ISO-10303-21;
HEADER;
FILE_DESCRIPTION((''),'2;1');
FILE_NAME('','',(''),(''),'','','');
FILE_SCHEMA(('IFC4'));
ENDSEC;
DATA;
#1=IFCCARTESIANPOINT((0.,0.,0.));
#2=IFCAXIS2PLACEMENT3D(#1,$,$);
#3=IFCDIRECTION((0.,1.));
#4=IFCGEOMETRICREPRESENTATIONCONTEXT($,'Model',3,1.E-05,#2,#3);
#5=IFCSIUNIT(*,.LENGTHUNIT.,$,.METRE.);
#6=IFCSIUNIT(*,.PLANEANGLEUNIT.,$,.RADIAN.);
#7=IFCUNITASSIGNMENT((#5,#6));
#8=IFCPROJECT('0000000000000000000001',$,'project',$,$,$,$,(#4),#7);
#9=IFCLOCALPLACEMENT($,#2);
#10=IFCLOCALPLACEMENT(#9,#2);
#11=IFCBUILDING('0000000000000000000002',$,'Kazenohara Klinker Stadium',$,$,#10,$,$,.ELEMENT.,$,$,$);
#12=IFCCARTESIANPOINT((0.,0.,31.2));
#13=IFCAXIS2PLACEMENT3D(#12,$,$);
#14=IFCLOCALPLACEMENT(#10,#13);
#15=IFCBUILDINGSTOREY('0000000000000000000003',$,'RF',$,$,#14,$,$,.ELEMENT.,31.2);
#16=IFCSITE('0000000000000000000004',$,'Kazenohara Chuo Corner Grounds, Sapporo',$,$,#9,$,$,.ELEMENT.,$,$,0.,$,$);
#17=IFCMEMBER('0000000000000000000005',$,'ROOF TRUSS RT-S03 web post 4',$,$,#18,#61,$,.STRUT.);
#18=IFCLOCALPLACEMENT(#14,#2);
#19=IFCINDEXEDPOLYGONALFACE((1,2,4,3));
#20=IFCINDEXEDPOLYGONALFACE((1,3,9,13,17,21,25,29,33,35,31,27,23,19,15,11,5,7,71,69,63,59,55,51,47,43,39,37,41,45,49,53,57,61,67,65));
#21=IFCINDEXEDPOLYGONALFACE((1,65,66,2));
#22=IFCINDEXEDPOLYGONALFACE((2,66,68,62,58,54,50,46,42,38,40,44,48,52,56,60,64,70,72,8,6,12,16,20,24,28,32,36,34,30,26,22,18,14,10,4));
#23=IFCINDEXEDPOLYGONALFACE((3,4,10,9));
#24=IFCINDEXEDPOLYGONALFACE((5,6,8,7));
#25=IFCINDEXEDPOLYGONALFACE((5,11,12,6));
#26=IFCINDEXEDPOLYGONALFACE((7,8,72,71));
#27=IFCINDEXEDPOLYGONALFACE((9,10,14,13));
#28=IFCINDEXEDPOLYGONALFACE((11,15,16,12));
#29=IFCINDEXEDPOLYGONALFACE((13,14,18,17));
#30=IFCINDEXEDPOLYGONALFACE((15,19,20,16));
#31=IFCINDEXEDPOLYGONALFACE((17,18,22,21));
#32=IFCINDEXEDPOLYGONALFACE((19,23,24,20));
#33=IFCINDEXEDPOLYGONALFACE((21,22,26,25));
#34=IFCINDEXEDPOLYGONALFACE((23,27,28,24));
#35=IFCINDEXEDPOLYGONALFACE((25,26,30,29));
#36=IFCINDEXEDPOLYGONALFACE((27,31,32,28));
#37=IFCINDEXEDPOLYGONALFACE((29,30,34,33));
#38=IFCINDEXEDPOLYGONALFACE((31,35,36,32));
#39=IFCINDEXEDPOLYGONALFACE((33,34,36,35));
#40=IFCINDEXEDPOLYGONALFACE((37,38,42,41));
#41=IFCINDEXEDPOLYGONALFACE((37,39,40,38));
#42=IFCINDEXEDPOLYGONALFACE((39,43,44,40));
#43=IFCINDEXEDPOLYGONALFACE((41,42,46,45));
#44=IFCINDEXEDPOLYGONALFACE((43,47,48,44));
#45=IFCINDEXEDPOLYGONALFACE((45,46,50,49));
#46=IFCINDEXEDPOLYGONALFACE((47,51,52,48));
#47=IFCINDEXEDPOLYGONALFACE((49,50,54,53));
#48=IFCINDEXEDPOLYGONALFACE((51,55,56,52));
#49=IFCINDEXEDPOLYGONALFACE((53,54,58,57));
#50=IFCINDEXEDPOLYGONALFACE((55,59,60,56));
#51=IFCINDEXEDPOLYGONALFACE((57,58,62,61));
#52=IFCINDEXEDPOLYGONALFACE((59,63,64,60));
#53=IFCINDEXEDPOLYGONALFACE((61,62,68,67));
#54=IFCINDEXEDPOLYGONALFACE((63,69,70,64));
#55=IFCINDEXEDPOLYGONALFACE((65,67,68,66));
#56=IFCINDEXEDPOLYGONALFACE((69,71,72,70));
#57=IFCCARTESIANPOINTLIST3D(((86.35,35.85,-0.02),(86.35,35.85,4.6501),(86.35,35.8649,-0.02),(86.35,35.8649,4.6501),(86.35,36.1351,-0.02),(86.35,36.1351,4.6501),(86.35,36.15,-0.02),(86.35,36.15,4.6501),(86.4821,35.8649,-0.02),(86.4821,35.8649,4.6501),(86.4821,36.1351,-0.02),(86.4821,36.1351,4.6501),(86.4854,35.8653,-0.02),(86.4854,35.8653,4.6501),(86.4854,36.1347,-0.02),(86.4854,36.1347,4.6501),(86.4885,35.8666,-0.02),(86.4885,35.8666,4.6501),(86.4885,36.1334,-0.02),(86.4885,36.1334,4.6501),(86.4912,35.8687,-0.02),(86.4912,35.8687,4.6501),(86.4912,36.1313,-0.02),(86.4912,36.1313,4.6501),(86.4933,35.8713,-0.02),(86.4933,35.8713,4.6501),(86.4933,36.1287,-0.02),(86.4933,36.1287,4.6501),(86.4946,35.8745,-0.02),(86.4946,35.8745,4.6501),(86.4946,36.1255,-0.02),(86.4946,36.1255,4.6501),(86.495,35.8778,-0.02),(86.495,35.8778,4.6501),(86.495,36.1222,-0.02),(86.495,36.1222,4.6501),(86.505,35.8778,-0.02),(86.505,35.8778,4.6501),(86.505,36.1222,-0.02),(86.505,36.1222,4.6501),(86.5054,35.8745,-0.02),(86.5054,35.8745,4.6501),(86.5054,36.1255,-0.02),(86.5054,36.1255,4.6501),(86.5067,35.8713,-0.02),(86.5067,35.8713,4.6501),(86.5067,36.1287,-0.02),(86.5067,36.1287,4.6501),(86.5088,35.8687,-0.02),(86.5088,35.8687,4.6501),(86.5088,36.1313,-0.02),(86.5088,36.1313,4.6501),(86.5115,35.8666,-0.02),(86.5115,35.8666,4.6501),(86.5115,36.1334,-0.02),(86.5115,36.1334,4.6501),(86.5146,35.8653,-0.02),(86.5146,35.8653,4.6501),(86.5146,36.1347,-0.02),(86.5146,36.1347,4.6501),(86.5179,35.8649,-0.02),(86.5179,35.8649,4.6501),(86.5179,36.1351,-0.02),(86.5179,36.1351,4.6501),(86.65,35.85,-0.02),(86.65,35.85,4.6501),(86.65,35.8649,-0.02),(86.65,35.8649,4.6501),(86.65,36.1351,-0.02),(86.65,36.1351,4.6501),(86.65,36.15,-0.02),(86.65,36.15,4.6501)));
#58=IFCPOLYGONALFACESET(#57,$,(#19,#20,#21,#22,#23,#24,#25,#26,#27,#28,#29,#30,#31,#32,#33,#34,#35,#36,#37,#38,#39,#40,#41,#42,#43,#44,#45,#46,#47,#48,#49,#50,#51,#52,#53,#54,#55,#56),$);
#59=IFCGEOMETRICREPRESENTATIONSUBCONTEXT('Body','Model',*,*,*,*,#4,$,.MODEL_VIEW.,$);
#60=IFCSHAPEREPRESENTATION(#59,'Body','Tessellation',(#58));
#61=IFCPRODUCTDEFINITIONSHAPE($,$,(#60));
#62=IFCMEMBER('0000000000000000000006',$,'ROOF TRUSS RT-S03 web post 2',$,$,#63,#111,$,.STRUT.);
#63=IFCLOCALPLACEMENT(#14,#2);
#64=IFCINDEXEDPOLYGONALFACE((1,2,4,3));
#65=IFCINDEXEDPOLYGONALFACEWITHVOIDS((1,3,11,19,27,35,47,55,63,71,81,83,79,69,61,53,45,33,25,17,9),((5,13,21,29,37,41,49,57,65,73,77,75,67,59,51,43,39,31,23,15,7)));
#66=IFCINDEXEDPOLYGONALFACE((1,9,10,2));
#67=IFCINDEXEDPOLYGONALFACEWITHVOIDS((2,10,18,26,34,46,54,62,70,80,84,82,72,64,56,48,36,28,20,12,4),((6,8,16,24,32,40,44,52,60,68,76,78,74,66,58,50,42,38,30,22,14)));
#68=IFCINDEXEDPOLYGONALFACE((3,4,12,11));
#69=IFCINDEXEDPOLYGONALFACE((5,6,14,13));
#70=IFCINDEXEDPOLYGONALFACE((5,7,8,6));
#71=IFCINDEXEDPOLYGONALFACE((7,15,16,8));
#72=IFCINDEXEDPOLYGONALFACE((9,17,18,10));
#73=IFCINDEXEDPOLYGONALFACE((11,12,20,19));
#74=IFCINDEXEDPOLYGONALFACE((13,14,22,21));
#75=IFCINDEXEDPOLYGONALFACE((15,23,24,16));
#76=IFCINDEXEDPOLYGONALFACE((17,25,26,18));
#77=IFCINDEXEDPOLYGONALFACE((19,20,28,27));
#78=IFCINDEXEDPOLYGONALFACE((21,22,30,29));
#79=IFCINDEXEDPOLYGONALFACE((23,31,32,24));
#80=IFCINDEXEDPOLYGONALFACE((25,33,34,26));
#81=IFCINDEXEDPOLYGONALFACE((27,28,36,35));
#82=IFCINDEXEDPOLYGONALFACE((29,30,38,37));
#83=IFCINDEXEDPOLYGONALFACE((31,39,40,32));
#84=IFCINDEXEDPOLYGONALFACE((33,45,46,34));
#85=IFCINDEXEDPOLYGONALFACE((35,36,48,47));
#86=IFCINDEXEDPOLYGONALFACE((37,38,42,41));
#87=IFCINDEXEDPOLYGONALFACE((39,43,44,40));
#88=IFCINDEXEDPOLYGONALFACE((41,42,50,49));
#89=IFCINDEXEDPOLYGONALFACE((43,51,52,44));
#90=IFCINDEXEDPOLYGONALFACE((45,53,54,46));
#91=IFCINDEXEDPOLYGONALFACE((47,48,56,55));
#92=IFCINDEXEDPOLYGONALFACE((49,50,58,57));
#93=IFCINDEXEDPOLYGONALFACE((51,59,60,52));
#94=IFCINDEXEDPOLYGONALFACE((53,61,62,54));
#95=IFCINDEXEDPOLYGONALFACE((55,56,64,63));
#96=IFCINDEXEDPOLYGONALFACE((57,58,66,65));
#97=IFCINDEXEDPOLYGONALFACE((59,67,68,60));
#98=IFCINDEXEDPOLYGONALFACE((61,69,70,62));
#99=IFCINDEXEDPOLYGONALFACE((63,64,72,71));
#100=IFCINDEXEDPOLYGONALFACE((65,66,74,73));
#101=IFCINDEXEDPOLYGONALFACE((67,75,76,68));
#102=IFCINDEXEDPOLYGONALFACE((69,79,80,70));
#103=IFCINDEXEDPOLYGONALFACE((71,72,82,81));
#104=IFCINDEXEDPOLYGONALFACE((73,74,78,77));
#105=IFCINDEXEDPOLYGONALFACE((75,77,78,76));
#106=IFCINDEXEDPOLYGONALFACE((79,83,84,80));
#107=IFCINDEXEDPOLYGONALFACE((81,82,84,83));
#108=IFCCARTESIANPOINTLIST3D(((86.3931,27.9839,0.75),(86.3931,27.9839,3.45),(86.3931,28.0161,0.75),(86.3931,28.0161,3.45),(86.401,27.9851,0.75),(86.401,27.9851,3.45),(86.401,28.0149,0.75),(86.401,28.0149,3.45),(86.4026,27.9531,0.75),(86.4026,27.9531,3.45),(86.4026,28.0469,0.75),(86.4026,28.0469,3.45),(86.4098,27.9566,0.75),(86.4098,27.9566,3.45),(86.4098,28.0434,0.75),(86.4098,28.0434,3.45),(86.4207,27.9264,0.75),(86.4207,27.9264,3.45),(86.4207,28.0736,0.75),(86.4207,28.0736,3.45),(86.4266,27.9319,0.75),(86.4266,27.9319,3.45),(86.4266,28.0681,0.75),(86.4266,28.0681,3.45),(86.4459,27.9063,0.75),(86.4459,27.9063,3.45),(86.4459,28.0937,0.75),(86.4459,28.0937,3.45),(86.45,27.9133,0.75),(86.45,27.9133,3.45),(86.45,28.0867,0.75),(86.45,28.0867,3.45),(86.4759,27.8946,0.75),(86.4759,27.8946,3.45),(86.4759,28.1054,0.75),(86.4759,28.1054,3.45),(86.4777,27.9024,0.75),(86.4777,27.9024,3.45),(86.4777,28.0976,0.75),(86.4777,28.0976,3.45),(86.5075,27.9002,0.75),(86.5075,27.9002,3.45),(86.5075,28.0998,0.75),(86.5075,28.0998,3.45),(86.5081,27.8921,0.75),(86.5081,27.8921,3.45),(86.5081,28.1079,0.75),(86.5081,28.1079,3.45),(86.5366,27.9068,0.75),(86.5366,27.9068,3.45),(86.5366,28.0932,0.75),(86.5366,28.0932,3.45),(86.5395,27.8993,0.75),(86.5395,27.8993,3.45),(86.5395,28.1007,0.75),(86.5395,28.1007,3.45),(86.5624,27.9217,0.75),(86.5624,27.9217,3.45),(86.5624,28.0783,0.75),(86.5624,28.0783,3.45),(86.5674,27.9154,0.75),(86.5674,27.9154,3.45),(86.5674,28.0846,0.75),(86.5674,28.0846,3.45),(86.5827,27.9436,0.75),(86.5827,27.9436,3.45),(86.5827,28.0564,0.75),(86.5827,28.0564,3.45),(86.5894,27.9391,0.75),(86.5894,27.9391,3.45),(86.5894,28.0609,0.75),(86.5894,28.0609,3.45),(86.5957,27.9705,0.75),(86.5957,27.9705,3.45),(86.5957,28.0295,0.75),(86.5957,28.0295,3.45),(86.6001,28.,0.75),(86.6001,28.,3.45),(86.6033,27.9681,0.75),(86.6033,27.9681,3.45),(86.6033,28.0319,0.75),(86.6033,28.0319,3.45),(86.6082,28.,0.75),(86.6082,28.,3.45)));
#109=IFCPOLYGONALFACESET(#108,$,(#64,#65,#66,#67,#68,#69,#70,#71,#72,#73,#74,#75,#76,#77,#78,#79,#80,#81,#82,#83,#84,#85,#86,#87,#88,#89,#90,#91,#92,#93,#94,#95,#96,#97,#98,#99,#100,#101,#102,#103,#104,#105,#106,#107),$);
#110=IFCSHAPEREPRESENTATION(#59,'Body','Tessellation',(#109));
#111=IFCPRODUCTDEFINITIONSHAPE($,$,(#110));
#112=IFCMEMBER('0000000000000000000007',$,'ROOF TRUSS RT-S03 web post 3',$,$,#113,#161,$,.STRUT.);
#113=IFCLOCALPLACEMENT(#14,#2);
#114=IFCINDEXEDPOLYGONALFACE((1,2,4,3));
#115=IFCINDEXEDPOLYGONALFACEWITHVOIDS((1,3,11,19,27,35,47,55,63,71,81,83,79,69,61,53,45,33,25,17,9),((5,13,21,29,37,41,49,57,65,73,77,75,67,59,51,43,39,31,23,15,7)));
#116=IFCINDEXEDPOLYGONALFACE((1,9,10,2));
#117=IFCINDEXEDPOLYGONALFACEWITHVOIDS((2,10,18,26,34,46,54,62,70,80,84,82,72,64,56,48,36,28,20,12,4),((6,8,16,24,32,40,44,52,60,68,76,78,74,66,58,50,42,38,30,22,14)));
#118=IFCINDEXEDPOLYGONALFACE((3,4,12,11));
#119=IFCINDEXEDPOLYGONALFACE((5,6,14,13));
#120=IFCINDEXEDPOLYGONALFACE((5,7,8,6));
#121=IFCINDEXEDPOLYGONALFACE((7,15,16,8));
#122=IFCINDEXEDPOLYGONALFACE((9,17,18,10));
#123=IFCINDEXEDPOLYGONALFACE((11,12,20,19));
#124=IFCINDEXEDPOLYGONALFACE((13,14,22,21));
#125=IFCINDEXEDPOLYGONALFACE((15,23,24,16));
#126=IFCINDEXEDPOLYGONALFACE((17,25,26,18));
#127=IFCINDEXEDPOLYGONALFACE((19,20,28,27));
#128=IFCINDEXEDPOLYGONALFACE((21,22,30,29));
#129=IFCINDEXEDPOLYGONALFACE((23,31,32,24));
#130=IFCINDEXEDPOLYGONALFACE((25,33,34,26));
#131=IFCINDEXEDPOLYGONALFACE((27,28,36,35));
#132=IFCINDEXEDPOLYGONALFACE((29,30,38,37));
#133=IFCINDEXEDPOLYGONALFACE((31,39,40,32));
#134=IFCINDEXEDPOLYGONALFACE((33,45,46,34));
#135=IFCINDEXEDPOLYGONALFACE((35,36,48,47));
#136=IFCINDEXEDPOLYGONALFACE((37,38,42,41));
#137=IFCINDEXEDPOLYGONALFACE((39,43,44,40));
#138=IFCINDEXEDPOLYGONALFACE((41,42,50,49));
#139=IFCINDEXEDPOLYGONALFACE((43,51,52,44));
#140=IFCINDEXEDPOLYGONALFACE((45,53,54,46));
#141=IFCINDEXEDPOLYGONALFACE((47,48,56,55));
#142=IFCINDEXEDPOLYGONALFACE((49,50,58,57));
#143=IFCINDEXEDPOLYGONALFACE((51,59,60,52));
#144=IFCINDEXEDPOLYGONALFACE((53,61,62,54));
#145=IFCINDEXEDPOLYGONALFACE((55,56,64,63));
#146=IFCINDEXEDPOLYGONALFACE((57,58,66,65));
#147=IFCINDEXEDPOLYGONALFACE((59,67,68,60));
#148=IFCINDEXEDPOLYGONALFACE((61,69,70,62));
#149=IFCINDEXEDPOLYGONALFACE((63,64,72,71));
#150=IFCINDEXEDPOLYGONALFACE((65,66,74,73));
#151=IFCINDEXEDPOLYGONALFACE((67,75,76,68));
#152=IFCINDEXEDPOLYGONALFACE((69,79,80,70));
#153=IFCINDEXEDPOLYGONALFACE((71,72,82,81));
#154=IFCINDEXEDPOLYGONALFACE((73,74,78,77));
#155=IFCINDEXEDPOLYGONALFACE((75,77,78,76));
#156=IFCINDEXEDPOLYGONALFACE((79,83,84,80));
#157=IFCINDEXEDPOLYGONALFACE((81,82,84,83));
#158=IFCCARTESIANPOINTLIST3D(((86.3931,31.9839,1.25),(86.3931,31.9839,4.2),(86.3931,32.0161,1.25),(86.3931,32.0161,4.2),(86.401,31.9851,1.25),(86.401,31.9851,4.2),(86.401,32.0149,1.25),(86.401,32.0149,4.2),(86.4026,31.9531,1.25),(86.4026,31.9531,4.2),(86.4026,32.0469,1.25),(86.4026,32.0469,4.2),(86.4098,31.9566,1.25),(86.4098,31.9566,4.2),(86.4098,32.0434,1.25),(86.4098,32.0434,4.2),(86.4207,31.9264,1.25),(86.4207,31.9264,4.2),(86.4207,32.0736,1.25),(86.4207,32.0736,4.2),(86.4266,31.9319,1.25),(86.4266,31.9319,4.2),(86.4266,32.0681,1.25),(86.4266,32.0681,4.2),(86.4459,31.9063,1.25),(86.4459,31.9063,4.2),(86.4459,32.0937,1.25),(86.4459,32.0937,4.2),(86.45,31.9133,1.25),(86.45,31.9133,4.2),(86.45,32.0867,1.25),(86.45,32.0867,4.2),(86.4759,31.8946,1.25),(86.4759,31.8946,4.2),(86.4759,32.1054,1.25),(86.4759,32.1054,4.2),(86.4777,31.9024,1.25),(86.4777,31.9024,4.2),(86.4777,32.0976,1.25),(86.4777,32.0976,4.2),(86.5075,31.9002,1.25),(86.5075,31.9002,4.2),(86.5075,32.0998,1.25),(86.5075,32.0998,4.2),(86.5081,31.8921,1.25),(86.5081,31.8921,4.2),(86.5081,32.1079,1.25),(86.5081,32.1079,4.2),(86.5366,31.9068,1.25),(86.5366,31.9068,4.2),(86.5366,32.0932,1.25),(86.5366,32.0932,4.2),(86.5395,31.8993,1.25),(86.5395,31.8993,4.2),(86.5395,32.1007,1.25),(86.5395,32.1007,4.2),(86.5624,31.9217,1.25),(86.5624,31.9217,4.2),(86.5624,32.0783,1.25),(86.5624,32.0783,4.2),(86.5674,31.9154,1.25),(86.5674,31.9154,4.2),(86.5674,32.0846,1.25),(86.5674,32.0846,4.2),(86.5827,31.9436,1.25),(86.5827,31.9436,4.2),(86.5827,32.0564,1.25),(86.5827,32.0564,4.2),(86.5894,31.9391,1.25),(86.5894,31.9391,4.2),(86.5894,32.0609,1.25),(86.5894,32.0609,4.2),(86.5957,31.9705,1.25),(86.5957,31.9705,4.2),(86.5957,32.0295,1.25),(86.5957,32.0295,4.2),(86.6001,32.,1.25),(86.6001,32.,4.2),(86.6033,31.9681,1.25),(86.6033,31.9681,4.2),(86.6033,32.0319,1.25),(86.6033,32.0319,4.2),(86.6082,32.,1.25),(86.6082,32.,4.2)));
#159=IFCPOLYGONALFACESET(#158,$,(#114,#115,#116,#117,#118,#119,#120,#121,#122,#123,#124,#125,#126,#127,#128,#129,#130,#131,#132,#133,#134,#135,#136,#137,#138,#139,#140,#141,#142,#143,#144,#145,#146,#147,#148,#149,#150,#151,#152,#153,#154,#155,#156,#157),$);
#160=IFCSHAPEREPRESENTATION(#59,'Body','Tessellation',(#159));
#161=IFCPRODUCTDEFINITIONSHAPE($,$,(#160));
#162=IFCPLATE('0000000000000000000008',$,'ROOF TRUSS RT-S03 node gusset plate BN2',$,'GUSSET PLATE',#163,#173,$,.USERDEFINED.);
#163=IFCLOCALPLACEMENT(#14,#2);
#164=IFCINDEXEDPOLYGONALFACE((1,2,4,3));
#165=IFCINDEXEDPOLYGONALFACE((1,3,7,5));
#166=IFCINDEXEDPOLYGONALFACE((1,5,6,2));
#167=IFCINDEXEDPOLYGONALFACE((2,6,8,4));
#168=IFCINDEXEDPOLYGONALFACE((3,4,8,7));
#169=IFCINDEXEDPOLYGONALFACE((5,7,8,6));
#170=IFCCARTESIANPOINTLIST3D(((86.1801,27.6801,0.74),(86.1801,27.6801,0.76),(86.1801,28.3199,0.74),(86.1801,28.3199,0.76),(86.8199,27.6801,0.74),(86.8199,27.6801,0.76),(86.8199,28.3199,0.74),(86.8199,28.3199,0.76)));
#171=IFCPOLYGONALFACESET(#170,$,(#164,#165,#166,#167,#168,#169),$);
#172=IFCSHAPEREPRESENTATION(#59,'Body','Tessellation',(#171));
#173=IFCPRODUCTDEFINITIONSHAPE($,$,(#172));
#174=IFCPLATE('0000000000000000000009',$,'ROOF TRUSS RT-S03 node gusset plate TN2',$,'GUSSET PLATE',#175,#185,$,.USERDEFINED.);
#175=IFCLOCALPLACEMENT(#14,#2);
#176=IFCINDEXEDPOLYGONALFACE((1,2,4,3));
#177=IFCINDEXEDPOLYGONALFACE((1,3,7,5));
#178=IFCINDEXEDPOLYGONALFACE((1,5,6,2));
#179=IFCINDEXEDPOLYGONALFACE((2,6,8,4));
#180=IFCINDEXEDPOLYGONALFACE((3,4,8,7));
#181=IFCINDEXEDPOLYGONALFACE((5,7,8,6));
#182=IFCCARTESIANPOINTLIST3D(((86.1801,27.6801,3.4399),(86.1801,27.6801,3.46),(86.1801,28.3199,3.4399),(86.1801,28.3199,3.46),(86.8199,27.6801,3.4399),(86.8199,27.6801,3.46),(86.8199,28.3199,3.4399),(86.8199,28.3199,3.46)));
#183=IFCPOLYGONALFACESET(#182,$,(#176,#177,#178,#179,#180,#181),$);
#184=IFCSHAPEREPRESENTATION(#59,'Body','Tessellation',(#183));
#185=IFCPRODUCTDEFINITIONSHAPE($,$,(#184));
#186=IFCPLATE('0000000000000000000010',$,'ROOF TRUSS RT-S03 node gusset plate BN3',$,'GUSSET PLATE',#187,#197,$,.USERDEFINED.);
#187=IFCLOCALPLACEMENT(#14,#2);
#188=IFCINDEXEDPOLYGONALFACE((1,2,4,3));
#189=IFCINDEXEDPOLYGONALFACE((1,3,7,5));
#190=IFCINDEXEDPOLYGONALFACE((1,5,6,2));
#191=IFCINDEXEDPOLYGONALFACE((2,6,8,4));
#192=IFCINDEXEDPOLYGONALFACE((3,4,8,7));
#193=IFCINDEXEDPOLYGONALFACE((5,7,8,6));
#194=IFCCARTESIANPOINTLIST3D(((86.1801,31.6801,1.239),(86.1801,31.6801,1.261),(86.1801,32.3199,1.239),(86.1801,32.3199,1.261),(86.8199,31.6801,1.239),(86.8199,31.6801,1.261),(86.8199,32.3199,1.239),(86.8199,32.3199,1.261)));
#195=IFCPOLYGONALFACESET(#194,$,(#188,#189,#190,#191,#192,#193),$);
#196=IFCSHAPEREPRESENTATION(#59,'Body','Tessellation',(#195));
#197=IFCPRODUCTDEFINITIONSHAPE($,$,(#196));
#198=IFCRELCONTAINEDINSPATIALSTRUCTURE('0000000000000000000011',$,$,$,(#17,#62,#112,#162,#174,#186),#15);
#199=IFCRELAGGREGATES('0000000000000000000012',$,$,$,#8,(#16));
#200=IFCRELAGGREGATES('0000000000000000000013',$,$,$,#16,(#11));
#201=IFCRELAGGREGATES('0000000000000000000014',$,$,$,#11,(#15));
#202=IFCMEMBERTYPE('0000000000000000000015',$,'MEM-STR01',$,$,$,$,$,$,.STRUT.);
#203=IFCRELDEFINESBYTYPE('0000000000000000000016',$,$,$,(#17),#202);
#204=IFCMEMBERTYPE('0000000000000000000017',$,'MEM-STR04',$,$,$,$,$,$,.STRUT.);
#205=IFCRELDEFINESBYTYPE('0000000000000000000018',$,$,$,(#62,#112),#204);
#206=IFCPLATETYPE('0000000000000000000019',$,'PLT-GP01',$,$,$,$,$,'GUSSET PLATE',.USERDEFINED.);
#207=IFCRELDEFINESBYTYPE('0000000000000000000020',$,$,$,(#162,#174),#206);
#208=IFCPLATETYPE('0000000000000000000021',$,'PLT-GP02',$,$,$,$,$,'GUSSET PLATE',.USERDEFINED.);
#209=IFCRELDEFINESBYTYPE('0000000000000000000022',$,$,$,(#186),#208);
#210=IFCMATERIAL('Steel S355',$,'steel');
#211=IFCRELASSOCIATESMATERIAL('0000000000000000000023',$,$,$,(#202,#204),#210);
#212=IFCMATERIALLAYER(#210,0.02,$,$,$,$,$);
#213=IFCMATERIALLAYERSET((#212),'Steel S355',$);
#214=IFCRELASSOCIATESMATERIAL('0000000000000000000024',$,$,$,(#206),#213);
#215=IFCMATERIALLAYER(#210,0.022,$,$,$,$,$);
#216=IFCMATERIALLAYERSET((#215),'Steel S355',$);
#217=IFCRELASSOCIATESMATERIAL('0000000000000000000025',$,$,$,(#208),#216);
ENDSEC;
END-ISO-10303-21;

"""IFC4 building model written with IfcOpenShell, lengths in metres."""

from ifc_helpers import new_model, si_unit, direction, frame, origin, origin_2d, place, context, subcontext, project, spatial, rectangle, hollow_circle, i_section, extrude, material, layer, layer_set, material_profile, profile_set, type_object, element, save


model = new_model("IFC4")

# Units and contexts
model_context = context("Model", 3, precision=1e-05, world=origin(), true_north=direction((0.0, 1.0)))
body_context = subcontext(model_context, "Body", "Model", "MODEL_VIEW")
ifc_project = project(units=[si_unit("LENGTHUNIT", "METRE"), si_unit("PLANEANGLEUNIT", "RADIAN")], contexts=[model_context])

# Site, building, storey
site_placement = place(None, origin())
site = spatial("IfcSite", under=ifc_project, at=site_placement, Name="Kazenohara Chuo Corner Grounds, Sapporo", CompositionType="ELEMENT", RefElevation=0.0)
building_placement = place(site_placement, origin())
building = spatial("IfcBuilding", under=site, at=building_placement, Name="Kazenohara Klinker Stadium", CompositionType="ELEMENT")
storey_placement = place(building_placement, frame((0.0, 0.0, 31.2)))
storey = spatial("IfcBuildingStorey", under=building, at=storey_placement, Name="RF", CompositionType="ELEMENT", Elevation=31.2)

# Members
ifc_material_1 = material(Name="Steel S355", Category="steel")
ifc_material_profile_1 = material_profile(ifc_material_1, i_section(OverallWidth=0.3, OverallDepth=0.3, WebThickness=0.01, FlangeThickness=0.0149, FilletRadius=0.0129, at=origin_2d()), Name="H-300x300x10x15")
ifc_profile_set_1 = profile_set([ifc_material_profile_1], Name="Steel S355")
member_type_1 = type_object("IfcMemberType", Name="MEM-STR01", PredefinedType="STRUT", material=ifc_profile_set_1)
member_1_placement = place(storey_placement, frame((86.5, 36.0, -0.02), z_axis=(0.0, 0.0, 1.0), x_axis=(1.0, 0.0, 0.0)))
element("IfcMember", 1, at=member_1_placement, inside=storey, type_object=member_type_1, Name="ROOF TRUSS RT-S03 web post 4", PredefinedType="STRUT", context=body_context, shape_type="SweptSolid", body=[
    extrude(i_section(OverallWidth=0.3, OverallDepth=0.3, WebThickness=0.01, FlangeThickness=0.0149, FilletRadius=0.0129, at=origin_2d()), origin(), (0.0, 0.0, 1.0), 4.6702),
])
ifc_material_profile_2 = material_profile(ifc_material_1, hollow_circle(Radius=0.1082, WallThickness=0.0081, at=origin_2d()), Name="CHS-216.3x8")
ifc_profile_set_2 = profile_set([ifc_material_profile_2], Name="Steel S355")
member_type_2 = type_object("IfcMemberType", Name="MEM-STR04", PredefinedType="STRUT", material=ifc_profile_set_2)
member_2_placement = place(storey_placement, frame((86.5, 28.0, 0.75), z_axis=(0.0, 0.0, 1.0), x_axis=(1.0, 0.0, 0.0)))
element("IfcMember", 2, at=member_2_placement, inside=storey, type_object=member_type_2, Name="ROOF TRUSS RT-S03 web post 2", PredefinedType="STRUT", context=body_context, shape_type="SweptSolid", body=[
    extrude(hollow_circle(Radius=0.1082, WallThickness=0.0081, at=origin_2d()), origin(), (0.0, 0.0, 1.0), 2.7),
])
member_3_placement = place(storey_placement, frame((86.5, 32.0, 1.25), z_axis=(0.0, 0.0, 1.0), x_axis=(1.0, 0.0, 0.0)))
element("IfcMember", 3, at=member_3_placement, inside=storey, type_object=member_type_2, Name="ROOF TRUSS RT-S03 web post 3", PredefinedType="STRUT", context=body_context, shape_type="SweptSolid", body=[
    extrude(hollow_circle(Radius=0.1082, WallThickness=0.0081, at=origin_2d()), origin(), (0.0, 0.0, 1.0), 2.95),
])

# Plates
ifc_layer_1 = layer(ifc_material_1, 0.02)
ifc_layer_set_1 = layer_set([ifc_layer_1], Name="Steel S355")
plate_type_1 = type_object("IfcPlateType", Name="PLT-GP01", ElementType="GUSSET PLATE", PredefinedType="USERDEFINED", material=ifc_layer_set_1)
for number, where, z_axis, x_axis, name in (
    (4, (86.5, 28.0, 0.74), (0.0, 0.0, 1.0), (1.0, 0.0, 0.0), "ROOF TRUSS RT-S03 node gusset plate BN2"),
    (5, (86.5, 28.0, 3.4399), (0.0, 0.0, 1.0), (1.0, 0.0, 0.0), "ROOF TRUSS RT-S03 node gusset plate TN2"),
):
    element("IfcPlate", number, at=place(storey_placement, frame(where, z_axis=z_axis, x_axis=x_axis)), inside=storey, type_object=plate_type_1, Name=name, ObjectType="GUSSET PLATE", PredefinedType="USERDEFINED", context=body_context, shape_type="SweptSolid", body=[
        extrude(rectangle(XDim=0.6399, YDim=0.6399, at=origin_2d()), origin(), (0.0, 0.0, 1.0), 0.02),
    ])
ifc_layer_2 = layer(ifc_material_1, 0.022)
ifc_layer_set_2 = layer_set([ifc_layer_2], Name="Steel S355")
plate_type_2 = type_object("IfcPlateType", Name="PLT-GP02", ElementType="GUSSET PLATE", PredefinedType="USERDEFINED", material=ifc_layer_set_2)
for number, where, z_axis, x_axis, name in (
    (6, (86.5, 32.0, 1.239), (0.0, 0.0, 1.0), (1.0, 0.0, 0.0), "ROOF TRUSS RT-S03 node gusset plate BN3"),
):
    element("IfcPlate", number, at=place(storey_placement, frame(where, z_axis=z_axis, x_axis=x_axis)), inside=storey, type_object=plate_type_2, Name=name, ObjectType="GUSSET PLATE", PredefinedType="USERDEFINED", context=body_context, shape_type="SweptSolid", body=[
        extrude(rectangle(XDim=0.6399, YDim=0.6399, at=origin_2d()), origin(), (0.0, 0.0, 1.0), 0.022),
    ])

save(model, "model.ifc")
